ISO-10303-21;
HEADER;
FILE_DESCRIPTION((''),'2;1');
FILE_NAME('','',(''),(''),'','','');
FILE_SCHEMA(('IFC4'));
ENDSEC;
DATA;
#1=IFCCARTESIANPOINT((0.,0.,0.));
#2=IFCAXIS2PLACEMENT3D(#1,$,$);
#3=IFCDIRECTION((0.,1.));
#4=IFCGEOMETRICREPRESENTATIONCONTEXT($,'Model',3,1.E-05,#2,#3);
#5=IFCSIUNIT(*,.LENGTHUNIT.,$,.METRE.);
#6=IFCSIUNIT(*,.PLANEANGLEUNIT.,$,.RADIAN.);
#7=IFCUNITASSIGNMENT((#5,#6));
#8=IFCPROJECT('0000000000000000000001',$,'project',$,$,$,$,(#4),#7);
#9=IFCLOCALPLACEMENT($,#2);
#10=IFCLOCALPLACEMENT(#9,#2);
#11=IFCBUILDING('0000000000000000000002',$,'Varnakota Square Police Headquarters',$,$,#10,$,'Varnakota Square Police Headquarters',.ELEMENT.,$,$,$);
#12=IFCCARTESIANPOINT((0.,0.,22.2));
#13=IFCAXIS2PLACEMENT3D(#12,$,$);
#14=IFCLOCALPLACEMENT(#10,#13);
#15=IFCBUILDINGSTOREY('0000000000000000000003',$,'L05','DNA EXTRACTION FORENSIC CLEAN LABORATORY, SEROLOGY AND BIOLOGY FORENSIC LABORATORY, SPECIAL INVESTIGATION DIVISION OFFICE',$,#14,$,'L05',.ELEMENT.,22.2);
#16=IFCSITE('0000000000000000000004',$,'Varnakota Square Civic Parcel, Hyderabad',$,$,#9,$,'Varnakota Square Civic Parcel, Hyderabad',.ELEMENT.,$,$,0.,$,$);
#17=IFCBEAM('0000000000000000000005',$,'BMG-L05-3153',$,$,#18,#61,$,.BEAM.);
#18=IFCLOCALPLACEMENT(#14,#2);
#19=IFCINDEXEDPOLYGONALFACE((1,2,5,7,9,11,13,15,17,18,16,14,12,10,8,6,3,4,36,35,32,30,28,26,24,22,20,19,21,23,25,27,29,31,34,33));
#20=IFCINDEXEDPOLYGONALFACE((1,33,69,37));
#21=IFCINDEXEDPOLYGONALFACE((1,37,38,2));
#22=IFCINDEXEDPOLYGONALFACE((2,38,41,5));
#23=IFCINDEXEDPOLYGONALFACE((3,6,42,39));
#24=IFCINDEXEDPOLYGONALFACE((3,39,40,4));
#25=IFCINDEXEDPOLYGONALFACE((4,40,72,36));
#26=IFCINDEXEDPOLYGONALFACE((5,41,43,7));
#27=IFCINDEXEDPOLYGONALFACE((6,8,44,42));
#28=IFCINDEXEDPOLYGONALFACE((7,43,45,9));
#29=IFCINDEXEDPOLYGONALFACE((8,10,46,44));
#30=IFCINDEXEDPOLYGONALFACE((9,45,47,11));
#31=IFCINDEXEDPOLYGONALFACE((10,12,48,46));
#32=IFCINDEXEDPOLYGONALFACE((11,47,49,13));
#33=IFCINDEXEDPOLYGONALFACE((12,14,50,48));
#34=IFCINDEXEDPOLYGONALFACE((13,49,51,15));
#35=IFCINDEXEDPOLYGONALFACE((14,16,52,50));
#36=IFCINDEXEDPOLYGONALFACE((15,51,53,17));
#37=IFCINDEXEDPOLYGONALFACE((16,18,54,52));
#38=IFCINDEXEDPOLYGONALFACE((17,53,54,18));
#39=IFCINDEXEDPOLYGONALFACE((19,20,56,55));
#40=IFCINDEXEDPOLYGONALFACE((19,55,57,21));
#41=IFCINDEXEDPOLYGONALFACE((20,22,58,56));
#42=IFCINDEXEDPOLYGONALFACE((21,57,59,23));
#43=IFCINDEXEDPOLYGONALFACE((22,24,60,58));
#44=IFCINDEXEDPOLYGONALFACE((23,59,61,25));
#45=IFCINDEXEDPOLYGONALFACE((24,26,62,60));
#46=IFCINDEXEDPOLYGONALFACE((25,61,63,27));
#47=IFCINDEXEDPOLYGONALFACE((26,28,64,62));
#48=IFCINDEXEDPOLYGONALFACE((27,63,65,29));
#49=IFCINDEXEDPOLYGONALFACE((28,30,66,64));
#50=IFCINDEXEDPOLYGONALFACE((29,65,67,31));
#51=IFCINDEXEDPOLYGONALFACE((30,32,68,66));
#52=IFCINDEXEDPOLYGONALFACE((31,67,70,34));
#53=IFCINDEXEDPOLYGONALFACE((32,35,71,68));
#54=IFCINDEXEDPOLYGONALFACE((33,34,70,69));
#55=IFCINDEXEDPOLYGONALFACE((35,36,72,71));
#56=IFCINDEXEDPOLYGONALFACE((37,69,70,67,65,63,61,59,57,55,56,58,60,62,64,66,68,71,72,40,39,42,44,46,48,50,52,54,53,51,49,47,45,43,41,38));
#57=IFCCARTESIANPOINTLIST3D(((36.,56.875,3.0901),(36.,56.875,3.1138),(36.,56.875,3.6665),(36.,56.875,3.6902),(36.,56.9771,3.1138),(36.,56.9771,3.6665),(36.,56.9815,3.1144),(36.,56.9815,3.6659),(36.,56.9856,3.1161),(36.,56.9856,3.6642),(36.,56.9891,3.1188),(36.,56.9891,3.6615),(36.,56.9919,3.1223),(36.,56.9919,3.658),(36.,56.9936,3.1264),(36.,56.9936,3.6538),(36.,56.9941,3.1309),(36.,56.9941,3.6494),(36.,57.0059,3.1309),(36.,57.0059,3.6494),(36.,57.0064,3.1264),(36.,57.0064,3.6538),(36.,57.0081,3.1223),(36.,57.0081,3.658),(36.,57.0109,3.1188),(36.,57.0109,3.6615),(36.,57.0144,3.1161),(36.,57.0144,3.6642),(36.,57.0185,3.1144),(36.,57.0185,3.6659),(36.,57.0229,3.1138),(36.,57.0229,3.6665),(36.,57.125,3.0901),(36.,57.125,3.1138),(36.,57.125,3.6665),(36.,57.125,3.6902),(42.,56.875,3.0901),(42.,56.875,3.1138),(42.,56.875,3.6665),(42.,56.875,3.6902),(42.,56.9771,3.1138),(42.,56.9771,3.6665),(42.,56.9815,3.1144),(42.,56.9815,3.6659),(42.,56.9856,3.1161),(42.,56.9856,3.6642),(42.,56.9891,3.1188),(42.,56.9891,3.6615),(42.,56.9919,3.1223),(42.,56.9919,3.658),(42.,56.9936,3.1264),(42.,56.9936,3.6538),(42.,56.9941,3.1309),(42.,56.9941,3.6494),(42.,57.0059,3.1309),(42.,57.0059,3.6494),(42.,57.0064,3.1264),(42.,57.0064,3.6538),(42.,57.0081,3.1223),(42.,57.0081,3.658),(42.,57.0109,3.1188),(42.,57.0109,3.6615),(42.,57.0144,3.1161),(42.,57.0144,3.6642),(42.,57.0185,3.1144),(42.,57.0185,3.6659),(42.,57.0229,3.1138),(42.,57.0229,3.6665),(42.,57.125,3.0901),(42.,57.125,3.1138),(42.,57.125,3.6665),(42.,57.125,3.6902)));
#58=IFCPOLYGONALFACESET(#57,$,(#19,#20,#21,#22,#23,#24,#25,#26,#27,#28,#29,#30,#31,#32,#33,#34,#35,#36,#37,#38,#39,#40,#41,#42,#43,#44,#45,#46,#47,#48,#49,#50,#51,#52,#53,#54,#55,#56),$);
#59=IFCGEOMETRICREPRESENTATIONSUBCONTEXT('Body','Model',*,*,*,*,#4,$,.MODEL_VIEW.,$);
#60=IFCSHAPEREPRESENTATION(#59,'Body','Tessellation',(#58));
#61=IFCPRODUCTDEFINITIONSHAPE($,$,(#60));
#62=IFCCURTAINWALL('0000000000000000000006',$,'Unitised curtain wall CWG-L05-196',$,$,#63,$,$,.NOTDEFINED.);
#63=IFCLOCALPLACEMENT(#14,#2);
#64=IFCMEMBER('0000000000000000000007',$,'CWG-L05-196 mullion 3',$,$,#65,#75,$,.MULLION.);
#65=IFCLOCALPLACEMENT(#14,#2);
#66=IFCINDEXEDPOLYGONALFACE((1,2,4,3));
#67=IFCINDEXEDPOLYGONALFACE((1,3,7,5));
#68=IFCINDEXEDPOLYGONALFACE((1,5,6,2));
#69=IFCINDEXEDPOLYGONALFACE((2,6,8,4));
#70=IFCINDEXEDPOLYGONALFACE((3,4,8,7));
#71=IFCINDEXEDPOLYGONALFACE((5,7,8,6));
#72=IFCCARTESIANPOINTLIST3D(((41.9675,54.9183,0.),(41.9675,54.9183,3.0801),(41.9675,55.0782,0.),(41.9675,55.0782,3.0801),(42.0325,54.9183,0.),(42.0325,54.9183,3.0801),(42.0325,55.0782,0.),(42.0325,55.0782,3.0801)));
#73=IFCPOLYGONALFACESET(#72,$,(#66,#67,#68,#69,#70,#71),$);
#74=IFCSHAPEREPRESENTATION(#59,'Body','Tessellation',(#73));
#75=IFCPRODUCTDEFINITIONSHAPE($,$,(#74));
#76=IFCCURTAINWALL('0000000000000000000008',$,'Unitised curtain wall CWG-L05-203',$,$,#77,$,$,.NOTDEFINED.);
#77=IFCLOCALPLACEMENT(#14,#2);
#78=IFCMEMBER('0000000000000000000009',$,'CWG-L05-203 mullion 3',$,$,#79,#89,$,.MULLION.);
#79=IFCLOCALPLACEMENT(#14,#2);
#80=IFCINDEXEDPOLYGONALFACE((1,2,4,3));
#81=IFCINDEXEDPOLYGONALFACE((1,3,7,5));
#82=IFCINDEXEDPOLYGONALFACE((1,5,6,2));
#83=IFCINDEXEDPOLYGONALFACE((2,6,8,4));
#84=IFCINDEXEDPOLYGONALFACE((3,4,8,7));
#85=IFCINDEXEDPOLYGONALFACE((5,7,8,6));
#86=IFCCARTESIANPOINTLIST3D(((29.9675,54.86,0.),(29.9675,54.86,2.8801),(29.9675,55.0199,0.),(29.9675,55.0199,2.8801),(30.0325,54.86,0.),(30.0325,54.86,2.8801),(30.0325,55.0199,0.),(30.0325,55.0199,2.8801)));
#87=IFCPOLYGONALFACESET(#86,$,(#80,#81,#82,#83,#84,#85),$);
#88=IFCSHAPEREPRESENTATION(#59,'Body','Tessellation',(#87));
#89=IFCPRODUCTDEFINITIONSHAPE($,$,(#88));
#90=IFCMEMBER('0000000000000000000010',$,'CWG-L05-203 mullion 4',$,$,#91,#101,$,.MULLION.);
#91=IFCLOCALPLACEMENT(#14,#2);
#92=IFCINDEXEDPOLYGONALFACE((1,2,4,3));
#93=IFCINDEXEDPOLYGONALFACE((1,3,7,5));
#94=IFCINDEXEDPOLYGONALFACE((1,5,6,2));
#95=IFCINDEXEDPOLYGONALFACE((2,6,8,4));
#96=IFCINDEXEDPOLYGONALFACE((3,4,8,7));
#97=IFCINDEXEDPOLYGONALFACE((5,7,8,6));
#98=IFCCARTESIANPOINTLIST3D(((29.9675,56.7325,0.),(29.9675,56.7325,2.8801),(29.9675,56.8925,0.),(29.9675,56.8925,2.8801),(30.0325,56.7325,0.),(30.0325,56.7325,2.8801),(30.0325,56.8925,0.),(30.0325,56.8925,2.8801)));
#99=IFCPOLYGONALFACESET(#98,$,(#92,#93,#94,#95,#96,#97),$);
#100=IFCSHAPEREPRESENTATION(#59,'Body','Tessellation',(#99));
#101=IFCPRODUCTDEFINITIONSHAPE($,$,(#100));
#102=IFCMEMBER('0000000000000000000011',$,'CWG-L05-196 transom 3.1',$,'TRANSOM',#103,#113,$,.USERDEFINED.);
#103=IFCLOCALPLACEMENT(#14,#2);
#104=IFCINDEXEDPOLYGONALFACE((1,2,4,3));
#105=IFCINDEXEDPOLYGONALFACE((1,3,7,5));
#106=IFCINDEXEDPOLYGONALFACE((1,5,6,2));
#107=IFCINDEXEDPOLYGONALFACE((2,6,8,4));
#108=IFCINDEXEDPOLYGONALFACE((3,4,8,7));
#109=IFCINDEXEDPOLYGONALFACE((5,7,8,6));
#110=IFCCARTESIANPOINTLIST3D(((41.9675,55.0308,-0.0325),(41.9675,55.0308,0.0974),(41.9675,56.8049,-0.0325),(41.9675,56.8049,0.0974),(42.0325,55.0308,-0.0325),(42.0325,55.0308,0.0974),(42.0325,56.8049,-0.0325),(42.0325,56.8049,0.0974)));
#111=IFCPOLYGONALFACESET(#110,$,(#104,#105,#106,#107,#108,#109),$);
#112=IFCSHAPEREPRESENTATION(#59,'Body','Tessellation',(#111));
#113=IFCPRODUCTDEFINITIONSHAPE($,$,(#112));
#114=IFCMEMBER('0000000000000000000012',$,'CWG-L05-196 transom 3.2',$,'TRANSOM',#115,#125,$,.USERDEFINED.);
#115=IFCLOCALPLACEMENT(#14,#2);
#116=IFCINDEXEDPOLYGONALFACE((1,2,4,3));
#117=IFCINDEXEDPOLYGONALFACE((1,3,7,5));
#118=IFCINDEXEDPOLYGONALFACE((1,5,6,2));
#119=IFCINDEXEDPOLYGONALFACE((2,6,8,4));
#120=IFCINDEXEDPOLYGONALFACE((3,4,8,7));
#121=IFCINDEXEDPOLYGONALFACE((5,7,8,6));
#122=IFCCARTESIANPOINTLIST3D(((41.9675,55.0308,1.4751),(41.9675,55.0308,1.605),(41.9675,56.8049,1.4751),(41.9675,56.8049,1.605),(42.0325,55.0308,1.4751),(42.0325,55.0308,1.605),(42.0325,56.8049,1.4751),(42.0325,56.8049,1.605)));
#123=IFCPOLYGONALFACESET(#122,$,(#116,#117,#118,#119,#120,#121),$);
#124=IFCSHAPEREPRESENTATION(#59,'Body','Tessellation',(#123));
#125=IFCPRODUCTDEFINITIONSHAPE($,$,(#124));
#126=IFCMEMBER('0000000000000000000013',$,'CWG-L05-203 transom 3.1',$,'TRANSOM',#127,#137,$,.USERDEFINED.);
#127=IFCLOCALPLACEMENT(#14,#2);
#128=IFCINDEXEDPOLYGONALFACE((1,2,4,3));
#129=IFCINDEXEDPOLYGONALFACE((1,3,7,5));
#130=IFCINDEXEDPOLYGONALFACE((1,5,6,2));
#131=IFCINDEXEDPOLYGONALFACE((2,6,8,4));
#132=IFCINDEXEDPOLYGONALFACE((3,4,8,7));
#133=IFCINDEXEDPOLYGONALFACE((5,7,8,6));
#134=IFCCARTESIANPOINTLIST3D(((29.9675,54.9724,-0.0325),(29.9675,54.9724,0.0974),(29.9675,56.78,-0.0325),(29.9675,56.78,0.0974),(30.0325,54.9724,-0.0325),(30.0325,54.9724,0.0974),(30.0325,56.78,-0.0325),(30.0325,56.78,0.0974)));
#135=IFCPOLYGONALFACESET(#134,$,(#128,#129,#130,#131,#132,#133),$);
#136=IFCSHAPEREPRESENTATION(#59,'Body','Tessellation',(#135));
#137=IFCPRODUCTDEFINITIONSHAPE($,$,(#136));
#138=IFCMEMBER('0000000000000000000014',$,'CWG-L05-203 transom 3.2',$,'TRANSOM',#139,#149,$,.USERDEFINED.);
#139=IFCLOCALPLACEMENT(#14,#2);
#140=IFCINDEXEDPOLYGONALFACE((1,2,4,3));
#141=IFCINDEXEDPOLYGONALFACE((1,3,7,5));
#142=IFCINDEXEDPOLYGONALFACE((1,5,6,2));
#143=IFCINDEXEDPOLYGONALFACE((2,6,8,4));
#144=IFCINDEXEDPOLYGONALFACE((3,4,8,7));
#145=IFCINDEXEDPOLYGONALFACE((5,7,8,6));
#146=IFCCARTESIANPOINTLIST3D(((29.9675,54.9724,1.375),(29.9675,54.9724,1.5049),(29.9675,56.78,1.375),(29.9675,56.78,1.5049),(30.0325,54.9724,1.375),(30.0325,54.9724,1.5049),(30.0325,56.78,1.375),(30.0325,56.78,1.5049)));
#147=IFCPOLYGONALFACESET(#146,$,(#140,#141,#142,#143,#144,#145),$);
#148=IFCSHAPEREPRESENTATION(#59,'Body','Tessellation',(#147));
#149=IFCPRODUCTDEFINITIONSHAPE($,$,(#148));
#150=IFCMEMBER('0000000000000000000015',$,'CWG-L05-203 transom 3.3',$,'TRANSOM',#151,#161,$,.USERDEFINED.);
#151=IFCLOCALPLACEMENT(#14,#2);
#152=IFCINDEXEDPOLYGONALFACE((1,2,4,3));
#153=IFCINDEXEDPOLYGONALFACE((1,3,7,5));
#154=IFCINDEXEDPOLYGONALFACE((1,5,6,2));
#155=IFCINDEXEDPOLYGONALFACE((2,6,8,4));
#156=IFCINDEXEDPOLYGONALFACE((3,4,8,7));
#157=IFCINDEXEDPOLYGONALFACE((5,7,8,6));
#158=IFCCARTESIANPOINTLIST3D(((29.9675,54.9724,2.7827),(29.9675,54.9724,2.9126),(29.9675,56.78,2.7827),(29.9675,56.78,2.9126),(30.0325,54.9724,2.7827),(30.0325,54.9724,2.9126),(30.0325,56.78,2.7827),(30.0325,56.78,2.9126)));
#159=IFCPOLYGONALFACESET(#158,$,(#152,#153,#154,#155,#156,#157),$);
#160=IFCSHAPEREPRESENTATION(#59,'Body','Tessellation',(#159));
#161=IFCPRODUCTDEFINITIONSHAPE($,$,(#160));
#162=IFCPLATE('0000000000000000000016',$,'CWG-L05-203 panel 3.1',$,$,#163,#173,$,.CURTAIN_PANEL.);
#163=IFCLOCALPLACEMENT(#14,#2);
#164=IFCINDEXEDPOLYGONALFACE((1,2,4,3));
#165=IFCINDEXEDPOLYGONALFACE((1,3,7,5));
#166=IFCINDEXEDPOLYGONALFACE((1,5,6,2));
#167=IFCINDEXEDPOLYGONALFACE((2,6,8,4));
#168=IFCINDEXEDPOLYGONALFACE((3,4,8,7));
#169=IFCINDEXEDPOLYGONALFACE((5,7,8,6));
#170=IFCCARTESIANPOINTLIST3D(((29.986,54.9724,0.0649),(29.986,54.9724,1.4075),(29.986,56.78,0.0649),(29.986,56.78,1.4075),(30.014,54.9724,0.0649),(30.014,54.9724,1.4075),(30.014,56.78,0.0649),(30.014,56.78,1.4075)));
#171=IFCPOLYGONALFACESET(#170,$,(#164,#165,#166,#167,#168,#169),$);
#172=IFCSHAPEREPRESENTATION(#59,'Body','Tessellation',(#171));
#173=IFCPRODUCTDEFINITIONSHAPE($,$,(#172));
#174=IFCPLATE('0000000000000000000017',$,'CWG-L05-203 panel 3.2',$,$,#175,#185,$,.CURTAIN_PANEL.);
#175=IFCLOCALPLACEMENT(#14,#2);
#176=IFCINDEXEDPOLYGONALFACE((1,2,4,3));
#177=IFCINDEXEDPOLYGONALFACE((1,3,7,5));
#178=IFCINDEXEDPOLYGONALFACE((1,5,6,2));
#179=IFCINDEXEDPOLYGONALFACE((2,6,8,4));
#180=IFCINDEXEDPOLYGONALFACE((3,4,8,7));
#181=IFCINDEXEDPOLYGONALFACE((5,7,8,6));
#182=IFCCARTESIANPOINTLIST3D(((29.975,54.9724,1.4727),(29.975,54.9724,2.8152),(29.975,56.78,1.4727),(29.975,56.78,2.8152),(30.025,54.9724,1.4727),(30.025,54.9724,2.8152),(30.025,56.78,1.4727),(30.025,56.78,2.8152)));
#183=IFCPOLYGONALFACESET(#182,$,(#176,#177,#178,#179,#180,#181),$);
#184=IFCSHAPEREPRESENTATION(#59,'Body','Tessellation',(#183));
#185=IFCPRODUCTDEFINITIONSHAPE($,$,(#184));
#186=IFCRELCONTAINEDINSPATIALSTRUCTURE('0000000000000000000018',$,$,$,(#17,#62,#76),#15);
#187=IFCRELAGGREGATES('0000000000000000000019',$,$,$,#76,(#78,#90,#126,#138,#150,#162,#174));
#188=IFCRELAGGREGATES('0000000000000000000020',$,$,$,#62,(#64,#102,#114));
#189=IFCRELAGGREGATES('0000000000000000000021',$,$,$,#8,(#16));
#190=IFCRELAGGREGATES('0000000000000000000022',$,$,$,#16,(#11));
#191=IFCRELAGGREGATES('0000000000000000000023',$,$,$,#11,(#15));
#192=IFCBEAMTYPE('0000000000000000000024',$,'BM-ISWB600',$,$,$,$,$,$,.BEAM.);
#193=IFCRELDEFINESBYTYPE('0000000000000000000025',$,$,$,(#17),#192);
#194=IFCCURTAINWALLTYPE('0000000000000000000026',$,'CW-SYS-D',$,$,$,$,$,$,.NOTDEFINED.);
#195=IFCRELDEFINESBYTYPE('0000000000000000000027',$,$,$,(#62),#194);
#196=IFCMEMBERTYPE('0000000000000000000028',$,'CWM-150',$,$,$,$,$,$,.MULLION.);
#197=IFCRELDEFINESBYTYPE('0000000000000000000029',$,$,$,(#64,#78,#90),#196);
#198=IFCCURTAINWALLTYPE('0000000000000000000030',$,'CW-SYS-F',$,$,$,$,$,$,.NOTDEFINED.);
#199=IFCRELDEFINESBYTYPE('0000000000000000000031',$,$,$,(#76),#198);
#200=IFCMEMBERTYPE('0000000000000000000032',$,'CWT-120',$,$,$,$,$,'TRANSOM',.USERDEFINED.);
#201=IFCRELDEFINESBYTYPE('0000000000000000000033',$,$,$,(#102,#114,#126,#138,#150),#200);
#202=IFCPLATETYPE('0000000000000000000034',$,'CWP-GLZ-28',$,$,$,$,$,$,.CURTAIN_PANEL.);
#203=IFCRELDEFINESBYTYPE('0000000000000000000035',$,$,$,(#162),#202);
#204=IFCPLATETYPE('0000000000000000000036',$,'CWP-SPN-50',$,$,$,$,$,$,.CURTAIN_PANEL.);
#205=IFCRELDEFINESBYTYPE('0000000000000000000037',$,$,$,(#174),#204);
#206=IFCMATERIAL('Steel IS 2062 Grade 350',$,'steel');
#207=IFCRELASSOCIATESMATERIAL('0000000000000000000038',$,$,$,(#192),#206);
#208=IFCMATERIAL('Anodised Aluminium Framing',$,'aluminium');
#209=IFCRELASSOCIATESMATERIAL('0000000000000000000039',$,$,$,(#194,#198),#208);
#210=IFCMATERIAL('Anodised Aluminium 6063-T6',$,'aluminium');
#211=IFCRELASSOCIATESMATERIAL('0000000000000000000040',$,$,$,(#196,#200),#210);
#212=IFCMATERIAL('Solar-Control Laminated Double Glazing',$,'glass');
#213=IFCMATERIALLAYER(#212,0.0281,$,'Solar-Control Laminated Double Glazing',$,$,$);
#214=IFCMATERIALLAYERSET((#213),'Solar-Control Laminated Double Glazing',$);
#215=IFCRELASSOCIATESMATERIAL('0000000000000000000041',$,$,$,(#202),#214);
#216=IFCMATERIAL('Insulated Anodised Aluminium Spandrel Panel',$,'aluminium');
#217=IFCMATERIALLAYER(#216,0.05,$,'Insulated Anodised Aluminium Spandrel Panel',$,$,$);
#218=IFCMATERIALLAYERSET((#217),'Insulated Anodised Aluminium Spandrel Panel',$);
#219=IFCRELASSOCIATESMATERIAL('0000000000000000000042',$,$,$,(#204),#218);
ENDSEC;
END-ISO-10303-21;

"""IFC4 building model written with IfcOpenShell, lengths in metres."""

from ifc_helpers import new_model, si_unit, direction, frame, origin, origin_2d, place, context, subcontext, project, spatial, rectangle, i_section, extrude, material, layer, layer_set, material_profile, profile_set, type_object, element, aggregate, save


model = new_model("IFC4")

# Units and contexts
model_context = context("Model", 3, precision=1e-05, world=origin(), true_north=direction((0.0, 1.0)))
body_context = subcontext(model_context, "Body", "Model", "MODEL_VIEW")
ifc_project = project(units=[si_unit("LENGTHUNIT", "METRE"), si_unit("PLANEANGLEUNIT", "RADIAN")], contexts=[model_context])

# Site, building, storey
site_placement = place(None, origin())
site = spatial("IfcSite", under=ifc_project, at=site_placement, Name="Varnakota Square Civic Parcel, Hyderabad", LongName="Varnakota Square Civic Parcel, Hyderabad", CompositionType="ELEMENT", RefElevation=0.0)
building_placement = place(site_placement, origin())
building = spatial("IfcBuilding", under=site, at=building_placement, Name="Varnakota Square Police Headquarters", LongName="Varnakota Square Police Headquarters", CompositionType="ELEMENT")
storey_placement = place(building_placement, frame((0.0, 0.0, 22.2)))
storey = spatial("IfcBuildingStorey", under=building, at=storey_placement, Name="L05", Description="DNA EXTRACTION FORENSIC CLEAN LABORATORY, SEROLOGY AND BIOLOGY FORENSIC LABORATORY, SPECIAL INVESTIGATION DIVISION OFFICE", LongName="L05", CompositionType="ELEMENT", Elevation=22.2)

# Shared definitions
ifc_material_1 = material(Name="Steel IS 2062 Grade 350", Category="steel")

# Beam
ifc_material_profile_1 = material_profile(ifc_material_1, i_section(OverallWidth=0.25, OverallDepth=0.6001, WebThickness=0.0117, FlangeThickness=0.0237, FilletRadius=0.0171, at=origin_2d()), Name="ISWB 600")
ifc_profile_set_1 = profile_set([ifc_material_profile_1], Name="Steel IS 2062 Grade 350")
beam_type_1 = type_object("IfcBeamType", Name="BM-ISWB600", PredefinedType="BEAM", material=ifc_profile_set_1)
beam_1_placement = place(storey_placement, frame((36.0, 57.0, 3.3901), z_axis=(1.0, 0.0, 0.0), x_axis=(0.0, 1.0, 0.0)))
element("IfcBeam", 1, at=beam_1_placement, inside=storey, type_object=beam_type_1, Name="BMG-L05-3153", PredefinedType="BEAM", context=body_context, shape_type="SweptSolid", body=[
    extrude(i_section(OverallWidth=0.25, OverallDepth=0.6001, WebThickness=0.0117, FlangeThickness=0.0237, FilletRadius=0.0171, at=origin_2d()), origin(), (0.0, 0.0, 1.0), 6.0),
])

# Curtain wall, member
ifc_material_2 = material(Name="Anodised Aluminium Framing", Category="aluminium")
curtain_wall_type_1 = type_object("IfcCurtainWallType", Name="CW-SYS-D", PredefinedType="NOTDEFINED", material=ifc_material_2)
curtain_wall_1_placement = place(storey_placement, origin())
curtain_wall_1 = element("IfcCurtainWall", 2, at=curtain_wall_1_placement, inside=storey, type_object=curtain_wall_type_1, Name="Unitised curtain wall CWG-L05-196", PredefinedType="NOTDEFINED")
ifc_material_3 = material(Name="Anodised Aluminium 6063-T6", Category="aluminium")
ifc_material_profile_2 = material_profile(ifc_material_3, rectangle(XDim=0.0649, YDim=0.1599, at=origin_2d()), Name="ALU MULLION 65x160")
ifc_profile_set_2 = profile_set([ifc_material_profile_2], Name="Anodised Aluminium 6063-T6")
member_type_1 = type_object("IfcMemberType", Name="CWM-150", PredefinedType="MULLION", material=ifc_profile_set_2)
member_1_placement = place(storey_placement, frame((42.0, 54.9983, 0.0), z_axis=(0.0, 0.0, 1.0), x_axis=(-1.0, 0.0, 0.0)))
member_1 = element("IfcMember", 3, at=member_1_placement, type_object=member_type_1, Name="CWG-L05-196 mullion 3", PredefinedType="MULLION", context=body_context, shape_type="SweptSolid", body=[
    extrude(rectangle(XDim=0.0649, YDim=0.1599, at=origin_2d()), origin(), (0.0, 0.0, 1.0), 3.0801),
])

# Curtain wall, members
curtain_wall_type_2 = type_object("IfcCurtainWallType", Name="CW-SYS-F", PredefinedType="NOTDEFINED", material=ifc_material_2)
curtain_wall_2_placement = place(storey_placement, origin())
curtain_wall_2 = element("IfcCurtainWall", 4, at=curtain_wall_2_placement, inside=storey, type_object=curtain_wall_type_2, Name="Unitised curtain wall CWG-L05-203", PredefinedType="NOTDEFINED")
member_2_placement = place(storey_placement, frame((30.0, 54.9399, 0.0), z_axis=(0.0, 0.0, 1.0), x_axis=(-1.0, 0.0, 0.0)))
member_2 = element("IfcMember", 5, at=member_2_placement, type_object=member_type_1, Name="CWG-L05-203 mullion 3", PredefinedType="MULLION", context=body_context, shape_type="SweptSolid", body=[
    extrude(rectangle(XDim=0.0649, YDim=0.1599, at=origin_2d()), origin(), (0.0, 0.0, 1.0), 2.8801),
])
member_3_placement = place(storey_placement, frame((30.0, 56.8125, 0.0), z_axis=(0.0, 0.0, 1.0), x_axis=(-1.0, 0.0, 0.0)))
member_3 = element("IfcMember", 6, at=member_3_placement, type_object=member_type_1, Name="CWG-L05-203 mullion 4", PredefinedType="MULLION", context=body_context, shape_type="SweptSolid", body=[
    extrude(rectangle(XDim=0.0649, YDim=0.1599, at=origin_2d()), origin(), (0.0, 0.0, 1.0), 2.8801),
])

# Members
ifc_material_profile_3 = material_profile(ifc_material_3, rectangle(XDim=0.0649, YDim=0.1299, at=origin_2d()), Name="ALU TRANSOM 65x130")
ifc_profile_set_3 = profile_set([ifc_material_profile_3], Name="Anodised Aluminium 6063-T6")
member_type_2 = type_object("IfcMemberType", Name="CWT-120", ElementType="TRANSOM", PredefinedType="USERDEFINED", material=ifc_profile_set_3)
member_4_placement = place(storey_placement, frame((42.0, 55.0308, 0.0325), z_axis=(0.0, 1.0, 0.0), x_axis=(-1.0, 0.0, 0.0)))
member_4 = element("IfcMember", 7, at=member_4_placement, type_object=member_type_2, Name="CWG-L05-196 transom 3.1", ObjectType="TRANSOM", PredefinedType="USERDEFINED", context=body_context, shape_type="SweptSolid", body=[
    extrude(rectangle(XDim=0.0649, YDim=0.1299, at=origin_2d()), origin(), (0.0, 0.0, 1.0), 1.7742),
])
member_5_placement = place(storey_placement, frame((42.0, 55.0308, 1.54), z_axis=(0.0, 1.0, 0.0), x_axis=(-1.0, 0.0, 0.0)))
member_5 = element("IfcMember", 8, at=member_5_placement, type_object=member_type_2, Name="CWG-L05-196 transom 3.2", ObjectType="TRANSOM", PredefinedType="USERDEFINED", context=body_context, shape_type="SweptSolid", body=[
    extrude(rectangle(XDim=0.0649, YDim=0.1299, at=origin_2d()), origin(), (0.0, 0.0, 1.0), 1.7742),
])
member_6_placement = place(storey_placement, frame((30.0, 54.9724, 0.0325), z_axis=(0.0, 1.0, 0.0), x_axis=(-1.0, 0.0, 0.0)))
member_6 = element("IfcMember", 9, at=member_6_placement, type_object=member_type_2, Name="CWG-L05-203 transom 3.1", ObjectType="TRANSOM", PredefinedType="USERDEFINED", context=body_context, shape_type="SweptSolid", body=[
    extrude(rectangle(XDim=0.0649, YDim=0.1299, at=origin_2d()), origin(), (0.0, 0.0, 1.0), 1.8076),
])
member_7_placement = place(storey_placement, frame((30.0, 54.9724, 1.4399), z_axis=(0.0, 1.0, 0.0), x_axis=(-1.0, 0.0, 0.0)))
member_7 = element("IfcMember", 10, at=member_7_placement, type_object=member_type_2, Name="CWG-L05-203 transom 3.2", ObjectType="TRANSOM", PredefinedType="USERDEFINED", context=body_context, shape_type="SweptSolid", body=[
    extrude(rectangle(XDim=0.0649, YDim=0.1299, at=origin_2d()), origin(), (0.0, 0.0, 1.0), 1.8076),
])
member_8_placement = place(storey_placement, frame((30.0, 54.9724, 2.8477), z_axis=(0.0, 1.0, 0.0), x_axis=(-1.0, 0.0, 0.0)))
member_8 = element("IfcMember", 11, at=member_8_placement, type_object=member_type_2, Name="CWG-L05-203 transom 3.3", ObjectType="TRANSOM", PredefinedType="USERDEFINED", context=body_context, shape_type="SweptSolid", body=[
    extrude(rectangle(XDim=0.0649, YDim=0.1299, at=origin_2d()), origin(), (0.0, 0.0, 1.0), 1.8076),
])

# Plates
ifc_material_4 = material(Name="Solar-Control Laminated Double Glazing", Category="glass")
ifc_layer_1 = layer(ifc_material_4, 0.0281, Name="Solar-Control Laminated Double Glazing")
ifc_layer_set_1 = layer_set([ifc_layer_1], Name="Solar-Control Laminated Double Glazing")
plate_type_1 = type_object("IfcPlateType", Name="CWP-GLZ-28", PredefinedType="CURTAIN_PANEL", material=ifc_layer_set_1)
plate_1_placement = place(storey_placement, frame((30.0, 55.8762, 0.0649), z_axis=(0.0, 0.0, 1.0), x_axis=(0.0, 1.0, 0.0)))
plate_1 = element("IfcPlate", 12, at=plate_1_placement, type_object=plate_type_1, Name="CWG-L05-203 panel 3.1", PredefinedType="CURTAIN_PANEL", context=body_context, shape_type="SweptSolid", body=[
    extrude(rectangle(XDim=1.8076, YDim=0.0281, at=origin_2d()), origin(), (0.0, 0.0, 1.0), 1.3425),
])
ifc_material_5 = material(Name="Insulated Anodised Aluminium Spandrel Panel", Category="aluminium")
ifc_layer_2 = layer(ifc_material_5, 0.05, Name="Insulated Anodised Aluminium Spandrel Panel")
ifc_layer_set_2 = layer_set([ifc_layer_2], Name="Insulated Anodised Aluminium Spandrel Panel")
plate_type_2 = type_object("IfcPlateType", Name="CWP-SPN-50", PredefinedType="CURTAIN_PANEL", material=ifc_layer_set_2)
plate_2_placement = place(storey_placement, frame((30.0, 55.8762, 1.4727), z_axis=(0.0, 0.0, 1.0), x_axis=(0.0, 1.0, 0.0)))
plate_2 = element("IfcPlate", 13, at=plate_2_placement, type_object=plate_type_2, Name="CWG-L05-203 panel 3.2", PredefinedType="CURTAIN_PANEL", context=body_context, shape_type="SweptSolid", body=[
    extrude(rectangle(XDim=1.8076, YDim=0.05, at=origin_2d()), origin(), (0.0, 0.0, 1.0), 1.3425),
])
aggregate(curtain_wall_2, [member_2, member_3, member_6, member_7, member_8, plate_1, plate_2])
aggregate(curtain_wall_1, [member_1, member_4, member_5])

save(model, "model.ifc")
